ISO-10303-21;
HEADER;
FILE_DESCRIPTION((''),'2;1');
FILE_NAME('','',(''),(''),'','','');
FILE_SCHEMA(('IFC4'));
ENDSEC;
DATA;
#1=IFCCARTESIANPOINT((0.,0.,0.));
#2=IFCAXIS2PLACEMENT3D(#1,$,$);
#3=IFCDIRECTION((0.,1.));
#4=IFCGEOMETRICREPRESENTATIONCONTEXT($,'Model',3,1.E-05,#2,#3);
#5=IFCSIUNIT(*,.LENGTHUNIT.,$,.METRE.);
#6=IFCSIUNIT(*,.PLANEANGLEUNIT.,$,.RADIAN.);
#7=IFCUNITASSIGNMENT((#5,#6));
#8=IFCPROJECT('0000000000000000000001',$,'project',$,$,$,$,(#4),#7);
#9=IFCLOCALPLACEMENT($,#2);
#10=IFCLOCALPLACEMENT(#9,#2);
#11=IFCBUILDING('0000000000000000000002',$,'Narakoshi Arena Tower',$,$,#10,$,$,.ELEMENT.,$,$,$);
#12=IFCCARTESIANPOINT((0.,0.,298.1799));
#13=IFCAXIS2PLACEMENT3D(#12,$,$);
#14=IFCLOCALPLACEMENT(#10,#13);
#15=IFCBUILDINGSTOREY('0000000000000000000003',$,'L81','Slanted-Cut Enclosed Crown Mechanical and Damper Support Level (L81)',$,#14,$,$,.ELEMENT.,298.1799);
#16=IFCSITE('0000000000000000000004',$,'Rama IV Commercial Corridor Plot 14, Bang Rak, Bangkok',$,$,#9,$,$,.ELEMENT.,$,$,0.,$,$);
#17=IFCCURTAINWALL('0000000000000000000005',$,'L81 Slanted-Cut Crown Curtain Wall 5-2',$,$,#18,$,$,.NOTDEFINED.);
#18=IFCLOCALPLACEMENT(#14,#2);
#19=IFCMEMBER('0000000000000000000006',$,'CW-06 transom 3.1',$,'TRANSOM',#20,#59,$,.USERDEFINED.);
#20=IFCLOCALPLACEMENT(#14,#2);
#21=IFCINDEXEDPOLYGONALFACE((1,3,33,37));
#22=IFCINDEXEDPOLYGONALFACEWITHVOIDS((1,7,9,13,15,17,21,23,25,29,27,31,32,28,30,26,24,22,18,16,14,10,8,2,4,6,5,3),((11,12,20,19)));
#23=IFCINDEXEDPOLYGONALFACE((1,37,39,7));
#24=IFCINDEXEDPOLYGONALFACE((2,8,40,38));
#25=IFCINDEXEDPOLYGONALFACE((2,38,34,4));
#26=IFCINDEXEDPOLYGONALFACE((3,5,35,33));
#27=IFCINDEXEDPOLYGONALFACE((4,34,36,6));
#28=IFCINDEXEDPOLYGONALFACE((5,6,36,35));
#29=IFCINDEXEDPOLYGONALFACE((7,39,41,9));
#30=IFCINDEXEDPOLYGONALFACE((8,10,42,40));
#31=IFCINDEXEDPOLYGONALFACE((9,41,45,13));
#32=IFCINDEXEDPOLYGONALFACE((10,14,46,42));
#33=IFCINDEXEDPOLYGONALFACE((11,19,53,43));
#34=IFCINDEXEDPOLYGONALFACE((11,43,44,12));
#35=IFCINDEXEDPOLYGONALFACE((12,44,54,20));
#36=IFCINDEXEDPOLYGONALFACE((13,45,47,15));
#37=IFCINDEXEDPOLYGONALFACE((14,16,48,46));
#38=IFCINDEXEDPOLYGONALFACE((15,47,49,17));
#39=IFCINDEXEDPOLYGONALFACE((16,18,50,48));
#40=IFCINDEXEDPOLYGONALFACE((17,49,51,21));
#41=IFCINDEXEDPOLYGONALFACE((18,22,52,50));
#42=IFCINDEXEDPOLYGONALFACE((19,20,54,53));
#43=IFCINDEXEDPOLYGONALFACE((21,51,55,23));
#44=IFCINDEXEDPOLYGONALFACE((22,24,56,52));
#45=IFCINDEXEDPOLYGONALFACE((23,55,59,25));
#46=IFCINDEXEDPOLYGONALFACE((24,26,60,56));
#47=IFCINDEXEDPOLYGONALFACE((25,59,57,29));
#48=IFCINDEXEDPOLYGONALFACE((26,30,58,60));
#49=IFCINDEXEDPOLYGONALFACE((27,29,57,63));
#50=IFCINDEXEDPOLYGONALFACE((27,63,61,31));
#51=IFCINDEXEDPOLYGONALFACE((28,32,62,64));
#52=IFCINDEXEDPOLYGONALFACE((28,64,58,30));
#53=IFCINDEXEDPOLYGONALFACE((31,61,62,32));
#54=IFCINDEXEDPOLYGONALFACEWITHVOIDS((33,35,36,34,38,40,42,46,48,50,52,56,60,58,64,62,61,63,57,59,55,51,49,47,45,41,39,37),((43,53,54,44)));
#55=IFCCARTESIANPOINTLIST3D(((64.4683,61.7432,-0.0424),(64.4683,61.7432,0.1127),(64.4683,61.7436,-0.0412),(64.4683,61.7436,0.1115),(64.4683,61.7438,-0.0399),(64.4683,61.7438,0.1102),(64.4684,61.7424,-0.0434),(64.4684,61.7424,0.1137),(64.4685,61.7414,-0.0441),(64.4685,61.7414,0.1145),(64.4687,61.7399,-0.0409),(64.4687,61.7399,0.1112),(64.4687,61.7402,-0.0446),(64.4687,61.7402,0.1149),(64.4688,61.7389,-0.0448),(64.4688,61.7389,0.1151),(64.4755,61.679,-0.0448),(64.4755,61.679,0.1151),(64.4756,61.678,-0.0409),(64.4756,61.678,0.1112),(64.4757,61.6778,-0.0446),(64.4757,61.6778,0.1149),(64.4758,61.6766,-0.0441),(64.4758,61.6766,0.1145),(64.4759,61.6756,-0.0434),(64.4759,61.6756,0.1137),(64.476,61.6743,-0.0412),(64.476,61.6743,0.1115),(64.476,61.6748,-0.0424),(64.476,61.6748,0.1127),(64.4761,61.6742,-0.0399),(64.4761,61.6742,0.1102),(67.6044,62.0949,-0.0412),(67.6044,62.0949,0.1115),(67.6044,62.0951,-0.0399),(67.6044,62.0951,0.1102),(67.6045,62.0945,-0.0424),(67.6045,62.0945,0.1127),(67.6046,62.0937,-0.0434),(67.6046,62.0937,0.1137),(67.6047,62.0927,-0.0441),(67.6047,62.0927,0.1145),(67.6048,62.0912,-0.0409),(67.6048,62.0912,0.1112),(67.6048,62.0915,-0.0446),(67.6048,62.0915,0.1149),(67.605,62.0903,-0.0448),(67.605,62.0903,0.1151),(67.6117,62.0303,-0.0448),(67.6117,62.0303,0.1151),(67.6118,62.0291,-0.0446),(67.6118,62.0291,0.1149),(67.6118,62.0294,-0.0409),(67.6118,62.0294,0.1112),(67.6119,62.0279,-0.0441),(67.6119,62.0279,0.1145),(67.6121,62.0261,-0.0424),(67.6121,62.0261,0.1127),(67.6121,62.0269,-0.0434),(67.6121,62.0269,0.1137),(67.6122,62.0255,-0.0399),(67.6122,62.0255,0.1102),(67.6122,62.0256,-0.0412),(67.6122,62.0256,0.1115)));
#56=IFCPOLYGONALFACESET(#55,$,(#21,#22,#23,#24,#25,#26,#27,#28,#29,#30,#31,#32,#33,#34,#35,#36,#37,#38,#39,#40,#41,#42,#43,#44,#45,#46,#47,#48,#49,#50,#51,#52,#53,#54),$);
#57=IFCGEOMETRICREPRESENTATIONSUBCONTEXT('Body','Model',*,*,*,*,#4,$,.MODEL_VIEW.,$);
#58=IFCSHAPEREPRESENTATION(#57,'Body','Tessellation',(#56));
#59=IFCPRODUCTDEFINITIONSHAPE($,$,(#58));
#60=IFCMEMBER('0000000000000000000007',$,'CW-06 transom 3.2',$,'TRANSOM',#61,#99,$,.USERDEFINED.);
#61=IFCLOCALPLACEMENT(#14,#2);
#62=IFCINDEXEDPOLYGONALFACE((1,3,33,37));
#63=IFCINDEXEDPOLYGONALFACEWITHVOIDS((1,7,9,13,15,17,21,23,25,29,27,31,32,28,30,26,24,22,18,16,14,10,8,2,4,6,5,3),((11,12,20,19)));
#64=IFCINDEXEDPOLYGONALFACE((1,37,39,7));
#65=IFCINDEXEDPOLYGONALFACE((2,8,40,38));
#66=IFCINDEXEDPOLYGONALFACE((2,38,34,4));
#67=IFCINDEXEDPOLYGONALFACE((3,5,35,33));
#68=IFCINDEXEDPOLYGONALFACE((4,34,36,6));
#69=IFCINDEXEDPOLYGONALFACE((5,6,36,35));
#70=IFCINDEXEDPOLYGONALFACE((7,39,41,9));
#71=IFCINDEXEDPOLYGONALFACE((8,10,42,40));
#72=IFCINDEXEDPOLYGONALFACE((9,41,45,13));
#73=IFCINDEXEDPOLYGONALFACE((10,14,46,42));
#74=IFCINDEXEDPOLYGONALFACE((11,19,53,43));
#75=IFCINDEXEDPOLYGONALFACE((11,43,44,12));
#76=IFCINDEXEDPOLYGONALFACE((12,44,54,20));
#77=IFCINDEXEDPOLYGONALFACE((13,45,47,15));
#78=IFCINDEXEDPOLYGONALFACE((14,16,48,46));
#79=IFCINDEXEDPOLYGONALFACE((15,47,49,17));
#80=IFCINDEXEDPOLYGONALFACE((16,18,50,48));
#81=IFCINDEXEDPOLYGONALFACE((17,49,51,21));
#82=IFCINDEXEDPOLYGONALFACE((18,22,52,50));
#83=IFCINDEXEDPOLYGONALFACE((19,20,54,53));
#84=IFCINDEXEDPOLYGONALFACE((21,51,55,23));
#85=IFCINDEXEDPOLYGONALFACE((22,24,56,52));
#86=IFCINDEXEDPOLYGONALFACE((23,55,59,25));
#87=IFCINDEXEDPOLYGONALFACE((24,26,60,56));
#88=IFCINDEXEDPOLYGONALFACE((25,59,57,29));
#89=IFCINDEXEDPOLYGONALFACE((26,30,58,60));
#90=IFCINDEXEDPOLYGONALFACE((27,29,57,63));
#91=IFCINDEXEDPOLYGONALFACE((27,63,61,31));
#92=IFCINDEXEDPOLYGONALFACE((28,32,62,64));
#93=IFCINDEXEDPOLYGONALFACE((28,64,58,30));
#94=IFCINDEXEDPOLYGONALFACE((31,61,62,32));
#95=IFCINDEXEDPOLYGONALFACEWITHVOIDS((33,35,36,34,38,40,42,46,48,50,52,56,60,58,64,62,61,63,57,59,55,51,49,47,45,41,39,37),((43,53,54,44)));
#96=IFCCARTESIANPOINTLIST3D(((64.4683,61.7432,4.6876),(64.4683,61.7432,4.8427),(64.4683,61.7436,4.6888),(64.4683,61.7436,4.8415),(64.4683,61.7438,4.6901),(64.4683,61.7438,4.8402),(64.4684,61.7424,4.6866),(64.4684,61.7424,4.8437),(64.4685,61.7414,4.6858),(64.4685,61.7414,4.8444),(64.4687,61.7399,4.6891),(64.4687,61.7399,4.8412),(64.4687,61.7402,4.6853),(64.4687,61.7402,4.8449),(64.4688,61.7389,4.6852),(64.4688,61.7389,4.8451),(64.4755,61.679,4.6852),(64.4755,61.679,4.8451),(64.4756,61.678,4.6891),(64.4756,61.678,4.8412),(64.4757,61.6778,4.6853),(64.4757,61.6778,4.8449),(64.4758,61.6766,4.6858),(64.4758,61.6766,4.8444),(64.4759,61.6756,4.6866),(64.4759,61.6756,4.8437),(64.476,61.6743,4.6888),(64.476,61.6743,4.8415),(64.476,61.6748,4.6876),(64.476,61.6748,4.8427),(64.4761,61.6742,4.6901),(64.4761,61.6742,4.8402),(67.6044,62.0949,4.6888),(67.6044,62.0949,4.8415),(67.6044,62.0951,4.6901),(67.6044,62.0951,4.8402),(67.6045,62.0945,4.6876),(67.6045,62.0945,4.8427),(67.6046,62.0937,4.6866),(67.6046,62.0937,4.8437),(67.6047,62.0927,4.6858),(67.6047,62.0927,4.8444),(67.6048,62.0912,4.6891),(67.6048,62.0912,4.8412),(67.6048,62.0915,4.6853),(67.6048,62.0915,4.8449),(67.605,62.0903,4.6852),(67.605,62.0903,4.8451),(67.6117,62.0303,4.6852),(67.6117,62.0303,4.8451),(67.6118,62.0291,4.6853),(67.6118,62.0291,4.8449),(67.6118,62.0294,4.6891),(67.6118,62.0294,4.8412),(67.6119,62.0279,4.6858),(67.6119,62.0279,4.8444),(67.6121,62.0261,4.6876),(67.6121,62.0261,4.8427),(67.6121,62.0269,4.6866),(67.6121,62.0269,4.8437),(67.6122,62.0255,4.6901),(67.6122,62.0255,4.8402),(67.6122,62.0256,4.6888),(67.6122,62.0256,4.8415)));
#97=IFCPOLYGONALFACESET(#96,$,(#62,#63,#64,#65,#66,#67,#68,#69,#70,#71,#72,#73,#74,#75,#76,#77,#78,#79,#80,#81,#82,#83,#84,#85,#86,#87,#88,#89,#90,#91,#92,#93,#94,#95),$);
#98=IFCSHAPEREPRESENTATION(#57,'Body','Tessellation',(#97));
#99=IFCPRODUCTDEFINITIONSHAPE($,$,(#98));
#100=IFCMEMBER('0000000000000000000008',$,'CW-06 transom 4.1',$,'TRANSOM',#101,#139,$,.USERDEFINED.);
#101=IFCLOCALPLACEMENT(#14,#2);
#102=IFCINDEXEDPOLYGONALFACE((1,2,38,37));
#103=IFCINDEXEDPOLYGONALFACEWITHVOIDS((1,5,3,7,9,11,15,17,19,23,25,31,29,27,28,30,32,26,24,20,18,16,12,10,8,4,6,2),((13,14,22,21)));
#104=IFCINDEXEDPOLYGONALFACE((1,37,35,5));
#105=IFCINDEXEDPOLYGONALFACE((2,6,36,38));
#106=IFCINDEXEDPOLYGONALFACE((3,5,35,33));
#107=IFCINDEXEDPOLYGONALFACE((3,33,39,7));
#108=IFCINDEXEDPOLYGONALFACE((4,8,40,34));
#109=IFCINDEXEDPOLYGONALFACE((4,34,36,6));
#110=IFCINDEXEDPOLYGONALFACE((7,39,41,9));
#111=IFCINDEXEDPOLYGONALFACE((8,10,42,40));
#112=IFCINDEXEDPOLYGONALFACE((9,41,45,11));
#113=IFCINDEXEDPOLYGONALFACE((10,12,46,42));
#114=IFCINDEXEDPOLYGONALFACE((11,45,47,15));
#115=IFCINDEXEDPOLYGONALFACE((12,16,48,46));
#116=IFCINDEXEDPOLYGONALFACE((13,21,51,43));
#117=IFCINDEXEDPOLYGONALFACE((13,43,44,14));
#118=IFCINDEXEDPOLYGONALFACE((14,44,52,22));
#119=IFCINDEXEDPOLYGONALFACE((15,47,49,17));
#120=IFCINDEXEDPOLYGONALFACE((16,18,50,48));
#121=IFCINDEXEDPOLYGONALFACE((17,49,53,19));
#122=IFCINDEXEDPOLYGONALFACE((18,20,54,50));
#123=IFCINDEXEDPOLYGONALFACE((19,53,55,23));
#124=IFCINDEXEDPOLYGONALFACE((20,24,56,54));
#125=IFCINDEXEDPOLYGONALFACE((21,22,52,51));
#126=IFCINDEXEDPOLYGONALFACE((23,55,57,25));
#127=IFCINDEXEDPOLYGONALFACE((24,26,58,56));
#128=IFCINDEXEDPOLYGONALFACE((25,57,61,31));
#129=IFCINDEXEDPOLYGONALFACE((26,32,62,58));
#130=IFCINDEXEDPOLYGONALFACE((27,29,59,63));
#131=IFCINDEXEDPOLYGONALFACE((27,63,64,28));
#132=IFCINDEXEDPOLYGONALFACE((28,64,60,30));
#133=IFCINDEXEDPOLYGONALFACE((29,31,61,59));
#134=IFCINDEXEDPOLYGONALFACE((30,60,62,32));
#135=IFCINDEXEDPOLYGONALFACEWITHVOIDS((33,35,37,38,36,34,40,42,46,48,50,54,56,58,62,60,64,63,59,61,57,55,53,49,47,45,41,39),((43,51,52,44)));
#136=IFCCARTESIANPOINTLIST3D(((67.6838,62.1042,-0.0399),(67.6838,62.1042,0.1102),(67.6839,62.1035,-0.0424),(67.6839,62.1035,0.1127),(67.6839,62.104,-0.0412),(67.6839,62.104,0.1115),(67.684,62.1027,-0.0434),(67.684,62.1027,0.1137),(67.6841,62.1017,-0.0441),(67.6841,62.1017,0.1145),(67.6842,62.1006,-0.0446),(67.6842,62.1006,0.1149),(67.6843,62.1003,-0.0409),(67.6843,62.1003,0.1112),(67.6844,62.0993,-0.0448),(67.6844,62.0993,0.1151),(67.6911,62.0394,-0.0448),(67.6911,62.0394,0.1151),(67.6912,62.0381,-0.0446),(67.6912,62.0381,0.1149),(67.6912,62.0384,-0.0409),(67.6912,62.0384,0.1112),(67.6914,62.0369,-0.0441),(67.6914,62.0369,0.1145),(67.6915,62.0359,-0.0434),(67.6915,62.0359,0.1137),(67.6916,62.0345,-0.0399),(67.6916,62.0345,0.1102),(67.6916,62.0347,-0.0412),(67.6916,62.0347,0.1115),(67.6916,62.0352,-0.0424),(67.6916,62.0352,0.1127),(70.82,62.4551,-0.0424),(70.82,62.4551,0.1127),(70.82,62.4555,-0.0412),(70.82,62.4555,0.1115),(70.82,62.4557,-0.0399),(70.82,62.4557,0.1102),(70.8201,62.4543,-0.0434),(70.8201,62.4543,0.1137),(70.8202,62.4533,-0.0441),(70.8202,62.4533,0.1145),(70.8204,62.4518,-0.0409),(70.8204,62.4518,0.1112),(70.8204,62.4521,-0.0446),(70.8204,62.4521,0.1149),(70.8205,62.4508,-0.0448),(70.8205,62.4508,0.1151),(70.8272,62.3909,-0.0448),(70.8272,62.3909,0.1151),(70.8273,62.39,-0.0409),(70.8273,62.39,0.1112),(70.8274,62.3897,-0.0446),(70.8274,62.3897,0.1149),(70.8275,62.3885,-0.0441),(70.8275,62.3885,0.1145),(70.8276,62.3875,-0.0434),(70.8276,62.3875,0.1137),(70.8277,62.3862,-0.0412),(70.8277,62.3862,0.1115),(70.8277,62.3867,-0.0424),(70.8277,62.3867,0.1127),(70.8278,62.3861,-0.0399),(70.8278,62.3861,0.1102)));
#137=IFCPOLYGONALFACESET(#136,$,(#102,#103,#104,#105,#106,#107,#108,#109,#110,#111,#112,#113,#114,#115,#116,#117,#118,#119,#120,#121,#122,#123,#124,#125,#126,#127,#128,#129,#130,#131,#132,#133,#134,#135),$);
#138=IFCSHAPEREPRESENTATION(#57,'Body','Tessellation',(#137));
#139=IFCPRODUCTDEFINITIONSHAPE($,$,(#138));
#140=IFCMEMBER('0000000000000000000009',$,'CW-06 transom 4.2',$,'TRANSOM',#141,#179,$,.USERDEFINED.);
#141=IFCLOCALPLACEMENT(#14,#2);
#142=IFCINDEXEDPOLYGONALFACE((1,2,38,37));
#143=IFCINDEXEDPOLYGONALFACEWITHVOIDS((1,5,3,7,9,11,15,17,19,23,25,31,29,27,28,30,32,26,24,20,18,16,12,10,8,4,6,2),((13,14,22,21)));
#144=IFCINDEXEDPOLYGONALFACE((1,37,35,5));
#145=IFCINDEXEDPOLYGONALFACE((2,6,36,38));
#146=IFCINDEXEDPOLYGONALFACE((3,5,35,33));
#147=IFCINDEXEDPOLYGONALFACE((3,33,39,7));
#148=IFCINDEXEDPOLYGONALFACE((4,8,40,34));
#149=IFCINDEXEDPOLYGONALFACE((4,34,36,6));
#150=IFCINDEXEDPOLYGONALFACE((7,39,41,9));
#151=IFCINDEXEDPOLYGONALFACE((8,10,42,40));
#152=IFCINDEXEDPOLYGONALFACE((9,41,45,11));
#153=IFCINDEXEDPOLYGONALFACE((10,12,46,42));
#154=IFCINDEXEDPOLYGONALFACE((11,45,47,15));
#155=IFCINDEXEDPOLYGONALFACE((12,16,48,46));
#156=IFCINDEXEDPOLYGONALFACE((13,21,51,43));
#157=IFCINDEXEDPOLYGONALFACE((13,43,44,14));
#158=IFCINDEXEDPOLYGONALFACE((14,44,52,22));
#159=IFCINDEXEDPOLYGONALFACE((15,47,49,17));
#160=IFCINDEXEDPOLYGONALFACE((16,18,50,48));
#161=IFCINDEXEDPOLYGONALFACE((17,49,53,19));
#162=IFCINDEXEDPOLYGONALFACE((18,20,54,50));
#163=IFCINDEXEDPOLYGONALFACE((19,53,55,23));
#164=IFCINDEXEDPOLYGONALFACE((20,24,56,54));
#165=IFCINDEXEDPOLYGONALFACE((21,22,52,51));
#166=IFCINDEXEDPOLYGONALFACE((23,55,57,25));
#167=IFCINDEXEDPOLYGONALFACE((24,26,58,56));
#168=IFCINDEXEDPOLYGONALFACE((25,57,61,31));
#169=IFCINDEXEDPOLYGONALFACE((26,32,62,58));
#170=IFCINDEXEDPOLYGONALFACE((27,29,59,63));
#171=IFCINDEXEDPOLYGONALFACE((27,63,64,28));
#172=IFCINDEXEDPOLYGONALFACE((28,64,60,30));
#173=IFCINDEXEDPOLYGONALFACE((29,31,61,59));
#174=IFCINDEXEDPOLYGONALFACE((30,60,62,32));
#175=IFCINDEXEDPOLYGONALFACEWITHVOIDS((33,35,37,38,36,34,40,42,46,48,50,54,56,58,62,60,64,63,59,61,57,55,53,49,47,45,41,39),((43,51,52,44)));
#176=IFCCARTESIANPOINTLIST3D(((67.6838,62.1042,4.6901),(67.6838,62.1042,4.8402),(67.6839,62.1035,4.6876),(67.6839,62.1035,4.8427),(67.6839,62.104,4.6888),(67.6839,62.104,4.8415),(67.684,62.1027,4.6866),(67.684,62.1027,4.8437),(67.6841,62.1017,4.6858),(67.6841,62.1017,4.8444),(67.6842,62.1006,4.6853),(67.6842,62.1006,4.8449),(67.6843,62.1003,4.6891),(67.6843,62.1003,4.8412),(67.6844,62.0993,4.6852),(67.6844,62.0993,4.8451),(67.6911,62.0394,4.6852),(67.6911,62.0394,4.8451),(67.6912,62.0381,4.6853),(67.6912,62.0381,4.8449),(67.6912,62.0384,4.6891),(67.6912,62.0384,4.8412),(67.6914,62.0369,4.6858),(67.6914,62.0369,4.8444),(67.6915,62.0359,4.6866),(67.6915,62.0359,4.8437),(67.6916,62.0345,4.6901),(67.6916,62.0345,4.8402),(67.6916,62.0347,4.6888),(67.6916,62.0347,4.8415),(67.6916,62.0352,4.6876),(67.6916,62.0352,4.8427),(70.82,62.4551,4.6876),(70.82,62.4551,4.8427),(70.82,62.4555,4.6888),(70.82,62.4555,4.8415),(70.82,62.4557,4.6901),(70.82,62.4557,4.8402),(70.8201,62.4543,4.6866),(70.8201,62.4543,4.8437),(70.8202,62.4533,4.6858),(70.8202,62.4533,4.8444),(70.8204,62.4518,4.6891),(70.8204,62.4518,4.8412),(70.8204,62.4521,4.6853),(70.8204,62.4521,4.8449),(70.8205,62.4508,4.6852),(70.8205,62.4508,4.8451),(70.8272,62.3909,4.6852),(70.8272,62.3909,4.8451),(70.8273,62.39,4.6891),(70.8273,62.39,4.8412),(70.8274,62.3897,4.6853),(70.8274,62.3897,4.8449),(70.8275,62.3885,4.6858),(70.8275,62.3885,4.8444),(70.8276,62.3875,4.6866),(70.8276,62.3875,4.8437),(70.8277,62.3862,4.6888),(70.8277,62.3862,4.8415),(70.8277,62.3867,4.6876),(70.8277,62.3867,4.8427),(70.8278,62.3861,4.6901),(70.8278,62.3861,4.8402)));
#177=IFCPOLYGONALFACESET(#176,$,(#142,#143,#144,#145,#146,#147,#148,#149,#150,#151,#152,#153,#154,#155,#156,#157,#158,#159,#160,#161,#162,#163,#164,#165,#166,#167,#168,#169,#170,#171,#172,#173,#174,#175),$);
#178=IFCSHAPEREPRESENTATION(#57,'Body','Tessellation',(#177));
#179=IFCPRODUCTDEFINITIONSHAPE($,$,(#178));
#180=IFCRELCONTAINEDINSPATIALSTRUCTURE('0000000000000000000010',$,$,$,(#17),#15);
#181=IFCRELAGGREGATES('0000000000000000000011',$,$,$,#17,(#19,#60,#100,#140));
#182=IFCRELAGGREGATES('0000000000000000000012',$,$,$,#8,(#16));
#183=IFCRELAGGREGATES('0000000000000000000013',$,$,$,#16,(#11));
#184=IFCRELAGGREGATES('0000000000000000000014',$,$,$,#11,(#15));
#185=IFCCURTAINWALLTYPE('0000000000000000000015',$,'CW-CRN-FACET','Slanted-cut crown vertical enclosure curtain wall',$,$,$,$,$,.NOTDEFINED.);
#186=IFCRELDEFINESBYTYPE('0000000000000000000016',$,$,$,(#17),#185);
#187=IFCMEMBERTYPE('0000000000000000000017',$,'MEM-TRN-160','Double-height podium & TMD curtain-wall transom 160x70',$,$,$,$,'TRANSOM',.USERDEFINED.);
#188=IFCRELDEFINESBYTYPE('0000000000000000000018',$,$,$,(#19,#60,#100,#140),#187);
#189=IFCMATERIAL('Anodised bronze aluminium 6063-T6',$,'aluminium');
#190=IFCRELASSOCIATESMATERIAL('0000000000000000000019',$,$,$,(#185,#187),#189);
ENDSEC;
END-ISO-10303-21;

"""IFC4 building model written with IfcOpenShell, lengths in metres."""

from ifc_helpers import new_model, si_unit, direction, frame, origin, origin_2d, place, context, subcontext, project, spatial, hollow_rectangle, extrude, material, material_profile, profile_set, type_object, element, aggregate, save


model = new_model("IFC4")

# Units and contexts
model_context = context("Model", 3, precision=1e-05, world=origin(), true_north=direction((0.0, 1.0)))
body_context = subcontext(model_context, "Body", "Model", "MODEL_VIEW")
ifc_project = project(units=[si_unit("LENGTHUNIT", "METRE"), si_unit("PLANEANGLEUNIT", "RADIAN")], contexts=[model_context])

# Site, building, storey
site_placement = place(None, origin())
site = spatial("IfcSite", under=ifc_project, at=site_placement, Name="Rama IV Commercial Corridor Plot 14, Bang Rak, Bangkok", CompositionType="ELEMENT", RefElevation=0.0)
building_placement = place(site_placement, origin())
building = spatial("IfcBuilding", under=site, at=building_placement, Name="Narakoshi Arena Tower", CompositionType="ELEMENT")
storey_placement = place(building_placement, frame((0.0, 0.0, 298.1799)))
storey = spatial("IfcBuildingStorey", under=building, at=storey_placement, Name="L81", Description="Slanted-Cut Enclosed Crown Mechanical and Damper Support Level (L81)", CompositionType="ELEMENT", Elevation=298.1799)

# Curtain wall, members
ifc_material_1 = material(Name="Anodised bronze aluminium 6063-T6", Category="aluminium")
curtain_wall_type = type_object("IfcCurtainWallType", Name="CW-CRN-FACET", Description="Slanted-cut crown vertical enclosure curtain wall", PredefinedType="NOTDEFINED", material=ifc_material_1)
curtain_wall_placement = place(storey_placement, origin())
curtain_wall = element("IfcCurtainWall", 1, at=curtain_wall_placement, inside=storey, type_object=curtain_wall_type, Name="L81 Slanted-Cut Crown Curtain Wall 5-2", PredefinedType="NOTDEFINED")
ifc_material_profile_1 = material_profile(ifc_material_1, hollow_rectangle(XDim=0.0701, YDim=0.1599, WallThickness=0.0039, OuterFilletRadius=0.0049, at=origin_2d()), Name="TRN160x70x4")
ifc_profile_set_1 = profile_set([ifc_material_profile_1], Name="Anodised bronze aluminium 6063-T6")
member_type_1 = type_object("IfcMemberType", Name="MEM-TRN-160", Description="Double-height podium & TMD curtain-wall transom 160x70", ElementType="TRANSOM", PredefinedType="USERDEFINED", material=ifc_profile_set_1)
member_1_placement = place(storey_placement, frame((64.4722, 61.709, 0.0352), z_axis=(0.993784, 0.111323, 0.0), x_axis=(-0.111323, 0.993784, 0.0)))
member_1 = element("IfcMember", 2, at=member_1_placement, type_object=member_type_1, Name="CW-06 transom 3.1", ObjectType="TRANSOM", PredefinedType="USERDEFINED", context=body_context, shape_type="SweptSolid", body=[
    extrude(hollow_rectangle(XDim=0.0701, YDim=0.1599, WallThickness=0.0039, OuterFilletRadius=0.0049, at=origin_2d()), origin(), (0.0, 0.0, 1.0), 3.1558),
])
member_2_placement = place(storey_placement, frame((64.4722, 61.709, 4.7651), z_axis=(0.993784, 0.111323, 0.0), x_axis=(-0.111323, 0.993784, 0.0)))
member_2 = element("IfcMember", 3, at=member_2_placement, type_object=member_type_1, Name="CW-06 transom 3.2", ObjectType="TRANSOM", PredefinedType="USERDEFINED", context=body_context, shape_type="SweptSolid", body=[
    extrude(hollow_rectangle(XDim=0.0701, YDim=0.1599, WallThickness=0.0039, OuterFilletRadius=0.0049, at=origin_2d()), origin(), (0.0, 0.0, 1.0), 3.1558),
])
member_3_placement = place(storey_placement, frame((67.6877, 62.0693, 0.0352), z_axis=(0.993776, 0.111399, 0.0), x_axis=(-0.111399, 0.993776, 0.0)))
member_3 = element("IfcMember", 4, at=member_3_placement, type_object=member_type_1, Name="CW-06 transom 4.1", ObjectType="TRANSOM", PredefinedType="USERDEFINED", context=body_context, shape_type="SweptSolid", body=[
    extrude(hollow_rectangle(XDim=0.0701, YDim=0.1599, WallThickness=0.0039, OuterFilletRadius=0.0049, at=origin_2d()), origin(), (0.0, 0.0, 1.0), 3.1558),
])
member_4_placement = place(storey_placement, frame((67.6877, 62.0693, 4.7651), z_axis=(0.993776, 0.111399, 0.0), x_axis=(-0.111399, 0.993776, 0.0)))
member_4 = element("IfcMember", 5, at=member_4_placement, type_object=member_type_1, Name="CW-06 transom 4.2", ObjectType="TRANSOM", PredefinedType="USERDEFINED", context=body_context, shape_type="SweptSolid", body=[
    extrude(hollow_rectangle(XDim=0.0701, YDim=0.1599, WallThickness=0.0039, OuterFilletRadius=0.0049, at=origin_2d()), origin(), (0.0, 0.0, 1.0), 3.1558),
])
aggregate(curtain_wall, [member_1, member_2, member_3, member_4])

save(model, "model.ifc")
